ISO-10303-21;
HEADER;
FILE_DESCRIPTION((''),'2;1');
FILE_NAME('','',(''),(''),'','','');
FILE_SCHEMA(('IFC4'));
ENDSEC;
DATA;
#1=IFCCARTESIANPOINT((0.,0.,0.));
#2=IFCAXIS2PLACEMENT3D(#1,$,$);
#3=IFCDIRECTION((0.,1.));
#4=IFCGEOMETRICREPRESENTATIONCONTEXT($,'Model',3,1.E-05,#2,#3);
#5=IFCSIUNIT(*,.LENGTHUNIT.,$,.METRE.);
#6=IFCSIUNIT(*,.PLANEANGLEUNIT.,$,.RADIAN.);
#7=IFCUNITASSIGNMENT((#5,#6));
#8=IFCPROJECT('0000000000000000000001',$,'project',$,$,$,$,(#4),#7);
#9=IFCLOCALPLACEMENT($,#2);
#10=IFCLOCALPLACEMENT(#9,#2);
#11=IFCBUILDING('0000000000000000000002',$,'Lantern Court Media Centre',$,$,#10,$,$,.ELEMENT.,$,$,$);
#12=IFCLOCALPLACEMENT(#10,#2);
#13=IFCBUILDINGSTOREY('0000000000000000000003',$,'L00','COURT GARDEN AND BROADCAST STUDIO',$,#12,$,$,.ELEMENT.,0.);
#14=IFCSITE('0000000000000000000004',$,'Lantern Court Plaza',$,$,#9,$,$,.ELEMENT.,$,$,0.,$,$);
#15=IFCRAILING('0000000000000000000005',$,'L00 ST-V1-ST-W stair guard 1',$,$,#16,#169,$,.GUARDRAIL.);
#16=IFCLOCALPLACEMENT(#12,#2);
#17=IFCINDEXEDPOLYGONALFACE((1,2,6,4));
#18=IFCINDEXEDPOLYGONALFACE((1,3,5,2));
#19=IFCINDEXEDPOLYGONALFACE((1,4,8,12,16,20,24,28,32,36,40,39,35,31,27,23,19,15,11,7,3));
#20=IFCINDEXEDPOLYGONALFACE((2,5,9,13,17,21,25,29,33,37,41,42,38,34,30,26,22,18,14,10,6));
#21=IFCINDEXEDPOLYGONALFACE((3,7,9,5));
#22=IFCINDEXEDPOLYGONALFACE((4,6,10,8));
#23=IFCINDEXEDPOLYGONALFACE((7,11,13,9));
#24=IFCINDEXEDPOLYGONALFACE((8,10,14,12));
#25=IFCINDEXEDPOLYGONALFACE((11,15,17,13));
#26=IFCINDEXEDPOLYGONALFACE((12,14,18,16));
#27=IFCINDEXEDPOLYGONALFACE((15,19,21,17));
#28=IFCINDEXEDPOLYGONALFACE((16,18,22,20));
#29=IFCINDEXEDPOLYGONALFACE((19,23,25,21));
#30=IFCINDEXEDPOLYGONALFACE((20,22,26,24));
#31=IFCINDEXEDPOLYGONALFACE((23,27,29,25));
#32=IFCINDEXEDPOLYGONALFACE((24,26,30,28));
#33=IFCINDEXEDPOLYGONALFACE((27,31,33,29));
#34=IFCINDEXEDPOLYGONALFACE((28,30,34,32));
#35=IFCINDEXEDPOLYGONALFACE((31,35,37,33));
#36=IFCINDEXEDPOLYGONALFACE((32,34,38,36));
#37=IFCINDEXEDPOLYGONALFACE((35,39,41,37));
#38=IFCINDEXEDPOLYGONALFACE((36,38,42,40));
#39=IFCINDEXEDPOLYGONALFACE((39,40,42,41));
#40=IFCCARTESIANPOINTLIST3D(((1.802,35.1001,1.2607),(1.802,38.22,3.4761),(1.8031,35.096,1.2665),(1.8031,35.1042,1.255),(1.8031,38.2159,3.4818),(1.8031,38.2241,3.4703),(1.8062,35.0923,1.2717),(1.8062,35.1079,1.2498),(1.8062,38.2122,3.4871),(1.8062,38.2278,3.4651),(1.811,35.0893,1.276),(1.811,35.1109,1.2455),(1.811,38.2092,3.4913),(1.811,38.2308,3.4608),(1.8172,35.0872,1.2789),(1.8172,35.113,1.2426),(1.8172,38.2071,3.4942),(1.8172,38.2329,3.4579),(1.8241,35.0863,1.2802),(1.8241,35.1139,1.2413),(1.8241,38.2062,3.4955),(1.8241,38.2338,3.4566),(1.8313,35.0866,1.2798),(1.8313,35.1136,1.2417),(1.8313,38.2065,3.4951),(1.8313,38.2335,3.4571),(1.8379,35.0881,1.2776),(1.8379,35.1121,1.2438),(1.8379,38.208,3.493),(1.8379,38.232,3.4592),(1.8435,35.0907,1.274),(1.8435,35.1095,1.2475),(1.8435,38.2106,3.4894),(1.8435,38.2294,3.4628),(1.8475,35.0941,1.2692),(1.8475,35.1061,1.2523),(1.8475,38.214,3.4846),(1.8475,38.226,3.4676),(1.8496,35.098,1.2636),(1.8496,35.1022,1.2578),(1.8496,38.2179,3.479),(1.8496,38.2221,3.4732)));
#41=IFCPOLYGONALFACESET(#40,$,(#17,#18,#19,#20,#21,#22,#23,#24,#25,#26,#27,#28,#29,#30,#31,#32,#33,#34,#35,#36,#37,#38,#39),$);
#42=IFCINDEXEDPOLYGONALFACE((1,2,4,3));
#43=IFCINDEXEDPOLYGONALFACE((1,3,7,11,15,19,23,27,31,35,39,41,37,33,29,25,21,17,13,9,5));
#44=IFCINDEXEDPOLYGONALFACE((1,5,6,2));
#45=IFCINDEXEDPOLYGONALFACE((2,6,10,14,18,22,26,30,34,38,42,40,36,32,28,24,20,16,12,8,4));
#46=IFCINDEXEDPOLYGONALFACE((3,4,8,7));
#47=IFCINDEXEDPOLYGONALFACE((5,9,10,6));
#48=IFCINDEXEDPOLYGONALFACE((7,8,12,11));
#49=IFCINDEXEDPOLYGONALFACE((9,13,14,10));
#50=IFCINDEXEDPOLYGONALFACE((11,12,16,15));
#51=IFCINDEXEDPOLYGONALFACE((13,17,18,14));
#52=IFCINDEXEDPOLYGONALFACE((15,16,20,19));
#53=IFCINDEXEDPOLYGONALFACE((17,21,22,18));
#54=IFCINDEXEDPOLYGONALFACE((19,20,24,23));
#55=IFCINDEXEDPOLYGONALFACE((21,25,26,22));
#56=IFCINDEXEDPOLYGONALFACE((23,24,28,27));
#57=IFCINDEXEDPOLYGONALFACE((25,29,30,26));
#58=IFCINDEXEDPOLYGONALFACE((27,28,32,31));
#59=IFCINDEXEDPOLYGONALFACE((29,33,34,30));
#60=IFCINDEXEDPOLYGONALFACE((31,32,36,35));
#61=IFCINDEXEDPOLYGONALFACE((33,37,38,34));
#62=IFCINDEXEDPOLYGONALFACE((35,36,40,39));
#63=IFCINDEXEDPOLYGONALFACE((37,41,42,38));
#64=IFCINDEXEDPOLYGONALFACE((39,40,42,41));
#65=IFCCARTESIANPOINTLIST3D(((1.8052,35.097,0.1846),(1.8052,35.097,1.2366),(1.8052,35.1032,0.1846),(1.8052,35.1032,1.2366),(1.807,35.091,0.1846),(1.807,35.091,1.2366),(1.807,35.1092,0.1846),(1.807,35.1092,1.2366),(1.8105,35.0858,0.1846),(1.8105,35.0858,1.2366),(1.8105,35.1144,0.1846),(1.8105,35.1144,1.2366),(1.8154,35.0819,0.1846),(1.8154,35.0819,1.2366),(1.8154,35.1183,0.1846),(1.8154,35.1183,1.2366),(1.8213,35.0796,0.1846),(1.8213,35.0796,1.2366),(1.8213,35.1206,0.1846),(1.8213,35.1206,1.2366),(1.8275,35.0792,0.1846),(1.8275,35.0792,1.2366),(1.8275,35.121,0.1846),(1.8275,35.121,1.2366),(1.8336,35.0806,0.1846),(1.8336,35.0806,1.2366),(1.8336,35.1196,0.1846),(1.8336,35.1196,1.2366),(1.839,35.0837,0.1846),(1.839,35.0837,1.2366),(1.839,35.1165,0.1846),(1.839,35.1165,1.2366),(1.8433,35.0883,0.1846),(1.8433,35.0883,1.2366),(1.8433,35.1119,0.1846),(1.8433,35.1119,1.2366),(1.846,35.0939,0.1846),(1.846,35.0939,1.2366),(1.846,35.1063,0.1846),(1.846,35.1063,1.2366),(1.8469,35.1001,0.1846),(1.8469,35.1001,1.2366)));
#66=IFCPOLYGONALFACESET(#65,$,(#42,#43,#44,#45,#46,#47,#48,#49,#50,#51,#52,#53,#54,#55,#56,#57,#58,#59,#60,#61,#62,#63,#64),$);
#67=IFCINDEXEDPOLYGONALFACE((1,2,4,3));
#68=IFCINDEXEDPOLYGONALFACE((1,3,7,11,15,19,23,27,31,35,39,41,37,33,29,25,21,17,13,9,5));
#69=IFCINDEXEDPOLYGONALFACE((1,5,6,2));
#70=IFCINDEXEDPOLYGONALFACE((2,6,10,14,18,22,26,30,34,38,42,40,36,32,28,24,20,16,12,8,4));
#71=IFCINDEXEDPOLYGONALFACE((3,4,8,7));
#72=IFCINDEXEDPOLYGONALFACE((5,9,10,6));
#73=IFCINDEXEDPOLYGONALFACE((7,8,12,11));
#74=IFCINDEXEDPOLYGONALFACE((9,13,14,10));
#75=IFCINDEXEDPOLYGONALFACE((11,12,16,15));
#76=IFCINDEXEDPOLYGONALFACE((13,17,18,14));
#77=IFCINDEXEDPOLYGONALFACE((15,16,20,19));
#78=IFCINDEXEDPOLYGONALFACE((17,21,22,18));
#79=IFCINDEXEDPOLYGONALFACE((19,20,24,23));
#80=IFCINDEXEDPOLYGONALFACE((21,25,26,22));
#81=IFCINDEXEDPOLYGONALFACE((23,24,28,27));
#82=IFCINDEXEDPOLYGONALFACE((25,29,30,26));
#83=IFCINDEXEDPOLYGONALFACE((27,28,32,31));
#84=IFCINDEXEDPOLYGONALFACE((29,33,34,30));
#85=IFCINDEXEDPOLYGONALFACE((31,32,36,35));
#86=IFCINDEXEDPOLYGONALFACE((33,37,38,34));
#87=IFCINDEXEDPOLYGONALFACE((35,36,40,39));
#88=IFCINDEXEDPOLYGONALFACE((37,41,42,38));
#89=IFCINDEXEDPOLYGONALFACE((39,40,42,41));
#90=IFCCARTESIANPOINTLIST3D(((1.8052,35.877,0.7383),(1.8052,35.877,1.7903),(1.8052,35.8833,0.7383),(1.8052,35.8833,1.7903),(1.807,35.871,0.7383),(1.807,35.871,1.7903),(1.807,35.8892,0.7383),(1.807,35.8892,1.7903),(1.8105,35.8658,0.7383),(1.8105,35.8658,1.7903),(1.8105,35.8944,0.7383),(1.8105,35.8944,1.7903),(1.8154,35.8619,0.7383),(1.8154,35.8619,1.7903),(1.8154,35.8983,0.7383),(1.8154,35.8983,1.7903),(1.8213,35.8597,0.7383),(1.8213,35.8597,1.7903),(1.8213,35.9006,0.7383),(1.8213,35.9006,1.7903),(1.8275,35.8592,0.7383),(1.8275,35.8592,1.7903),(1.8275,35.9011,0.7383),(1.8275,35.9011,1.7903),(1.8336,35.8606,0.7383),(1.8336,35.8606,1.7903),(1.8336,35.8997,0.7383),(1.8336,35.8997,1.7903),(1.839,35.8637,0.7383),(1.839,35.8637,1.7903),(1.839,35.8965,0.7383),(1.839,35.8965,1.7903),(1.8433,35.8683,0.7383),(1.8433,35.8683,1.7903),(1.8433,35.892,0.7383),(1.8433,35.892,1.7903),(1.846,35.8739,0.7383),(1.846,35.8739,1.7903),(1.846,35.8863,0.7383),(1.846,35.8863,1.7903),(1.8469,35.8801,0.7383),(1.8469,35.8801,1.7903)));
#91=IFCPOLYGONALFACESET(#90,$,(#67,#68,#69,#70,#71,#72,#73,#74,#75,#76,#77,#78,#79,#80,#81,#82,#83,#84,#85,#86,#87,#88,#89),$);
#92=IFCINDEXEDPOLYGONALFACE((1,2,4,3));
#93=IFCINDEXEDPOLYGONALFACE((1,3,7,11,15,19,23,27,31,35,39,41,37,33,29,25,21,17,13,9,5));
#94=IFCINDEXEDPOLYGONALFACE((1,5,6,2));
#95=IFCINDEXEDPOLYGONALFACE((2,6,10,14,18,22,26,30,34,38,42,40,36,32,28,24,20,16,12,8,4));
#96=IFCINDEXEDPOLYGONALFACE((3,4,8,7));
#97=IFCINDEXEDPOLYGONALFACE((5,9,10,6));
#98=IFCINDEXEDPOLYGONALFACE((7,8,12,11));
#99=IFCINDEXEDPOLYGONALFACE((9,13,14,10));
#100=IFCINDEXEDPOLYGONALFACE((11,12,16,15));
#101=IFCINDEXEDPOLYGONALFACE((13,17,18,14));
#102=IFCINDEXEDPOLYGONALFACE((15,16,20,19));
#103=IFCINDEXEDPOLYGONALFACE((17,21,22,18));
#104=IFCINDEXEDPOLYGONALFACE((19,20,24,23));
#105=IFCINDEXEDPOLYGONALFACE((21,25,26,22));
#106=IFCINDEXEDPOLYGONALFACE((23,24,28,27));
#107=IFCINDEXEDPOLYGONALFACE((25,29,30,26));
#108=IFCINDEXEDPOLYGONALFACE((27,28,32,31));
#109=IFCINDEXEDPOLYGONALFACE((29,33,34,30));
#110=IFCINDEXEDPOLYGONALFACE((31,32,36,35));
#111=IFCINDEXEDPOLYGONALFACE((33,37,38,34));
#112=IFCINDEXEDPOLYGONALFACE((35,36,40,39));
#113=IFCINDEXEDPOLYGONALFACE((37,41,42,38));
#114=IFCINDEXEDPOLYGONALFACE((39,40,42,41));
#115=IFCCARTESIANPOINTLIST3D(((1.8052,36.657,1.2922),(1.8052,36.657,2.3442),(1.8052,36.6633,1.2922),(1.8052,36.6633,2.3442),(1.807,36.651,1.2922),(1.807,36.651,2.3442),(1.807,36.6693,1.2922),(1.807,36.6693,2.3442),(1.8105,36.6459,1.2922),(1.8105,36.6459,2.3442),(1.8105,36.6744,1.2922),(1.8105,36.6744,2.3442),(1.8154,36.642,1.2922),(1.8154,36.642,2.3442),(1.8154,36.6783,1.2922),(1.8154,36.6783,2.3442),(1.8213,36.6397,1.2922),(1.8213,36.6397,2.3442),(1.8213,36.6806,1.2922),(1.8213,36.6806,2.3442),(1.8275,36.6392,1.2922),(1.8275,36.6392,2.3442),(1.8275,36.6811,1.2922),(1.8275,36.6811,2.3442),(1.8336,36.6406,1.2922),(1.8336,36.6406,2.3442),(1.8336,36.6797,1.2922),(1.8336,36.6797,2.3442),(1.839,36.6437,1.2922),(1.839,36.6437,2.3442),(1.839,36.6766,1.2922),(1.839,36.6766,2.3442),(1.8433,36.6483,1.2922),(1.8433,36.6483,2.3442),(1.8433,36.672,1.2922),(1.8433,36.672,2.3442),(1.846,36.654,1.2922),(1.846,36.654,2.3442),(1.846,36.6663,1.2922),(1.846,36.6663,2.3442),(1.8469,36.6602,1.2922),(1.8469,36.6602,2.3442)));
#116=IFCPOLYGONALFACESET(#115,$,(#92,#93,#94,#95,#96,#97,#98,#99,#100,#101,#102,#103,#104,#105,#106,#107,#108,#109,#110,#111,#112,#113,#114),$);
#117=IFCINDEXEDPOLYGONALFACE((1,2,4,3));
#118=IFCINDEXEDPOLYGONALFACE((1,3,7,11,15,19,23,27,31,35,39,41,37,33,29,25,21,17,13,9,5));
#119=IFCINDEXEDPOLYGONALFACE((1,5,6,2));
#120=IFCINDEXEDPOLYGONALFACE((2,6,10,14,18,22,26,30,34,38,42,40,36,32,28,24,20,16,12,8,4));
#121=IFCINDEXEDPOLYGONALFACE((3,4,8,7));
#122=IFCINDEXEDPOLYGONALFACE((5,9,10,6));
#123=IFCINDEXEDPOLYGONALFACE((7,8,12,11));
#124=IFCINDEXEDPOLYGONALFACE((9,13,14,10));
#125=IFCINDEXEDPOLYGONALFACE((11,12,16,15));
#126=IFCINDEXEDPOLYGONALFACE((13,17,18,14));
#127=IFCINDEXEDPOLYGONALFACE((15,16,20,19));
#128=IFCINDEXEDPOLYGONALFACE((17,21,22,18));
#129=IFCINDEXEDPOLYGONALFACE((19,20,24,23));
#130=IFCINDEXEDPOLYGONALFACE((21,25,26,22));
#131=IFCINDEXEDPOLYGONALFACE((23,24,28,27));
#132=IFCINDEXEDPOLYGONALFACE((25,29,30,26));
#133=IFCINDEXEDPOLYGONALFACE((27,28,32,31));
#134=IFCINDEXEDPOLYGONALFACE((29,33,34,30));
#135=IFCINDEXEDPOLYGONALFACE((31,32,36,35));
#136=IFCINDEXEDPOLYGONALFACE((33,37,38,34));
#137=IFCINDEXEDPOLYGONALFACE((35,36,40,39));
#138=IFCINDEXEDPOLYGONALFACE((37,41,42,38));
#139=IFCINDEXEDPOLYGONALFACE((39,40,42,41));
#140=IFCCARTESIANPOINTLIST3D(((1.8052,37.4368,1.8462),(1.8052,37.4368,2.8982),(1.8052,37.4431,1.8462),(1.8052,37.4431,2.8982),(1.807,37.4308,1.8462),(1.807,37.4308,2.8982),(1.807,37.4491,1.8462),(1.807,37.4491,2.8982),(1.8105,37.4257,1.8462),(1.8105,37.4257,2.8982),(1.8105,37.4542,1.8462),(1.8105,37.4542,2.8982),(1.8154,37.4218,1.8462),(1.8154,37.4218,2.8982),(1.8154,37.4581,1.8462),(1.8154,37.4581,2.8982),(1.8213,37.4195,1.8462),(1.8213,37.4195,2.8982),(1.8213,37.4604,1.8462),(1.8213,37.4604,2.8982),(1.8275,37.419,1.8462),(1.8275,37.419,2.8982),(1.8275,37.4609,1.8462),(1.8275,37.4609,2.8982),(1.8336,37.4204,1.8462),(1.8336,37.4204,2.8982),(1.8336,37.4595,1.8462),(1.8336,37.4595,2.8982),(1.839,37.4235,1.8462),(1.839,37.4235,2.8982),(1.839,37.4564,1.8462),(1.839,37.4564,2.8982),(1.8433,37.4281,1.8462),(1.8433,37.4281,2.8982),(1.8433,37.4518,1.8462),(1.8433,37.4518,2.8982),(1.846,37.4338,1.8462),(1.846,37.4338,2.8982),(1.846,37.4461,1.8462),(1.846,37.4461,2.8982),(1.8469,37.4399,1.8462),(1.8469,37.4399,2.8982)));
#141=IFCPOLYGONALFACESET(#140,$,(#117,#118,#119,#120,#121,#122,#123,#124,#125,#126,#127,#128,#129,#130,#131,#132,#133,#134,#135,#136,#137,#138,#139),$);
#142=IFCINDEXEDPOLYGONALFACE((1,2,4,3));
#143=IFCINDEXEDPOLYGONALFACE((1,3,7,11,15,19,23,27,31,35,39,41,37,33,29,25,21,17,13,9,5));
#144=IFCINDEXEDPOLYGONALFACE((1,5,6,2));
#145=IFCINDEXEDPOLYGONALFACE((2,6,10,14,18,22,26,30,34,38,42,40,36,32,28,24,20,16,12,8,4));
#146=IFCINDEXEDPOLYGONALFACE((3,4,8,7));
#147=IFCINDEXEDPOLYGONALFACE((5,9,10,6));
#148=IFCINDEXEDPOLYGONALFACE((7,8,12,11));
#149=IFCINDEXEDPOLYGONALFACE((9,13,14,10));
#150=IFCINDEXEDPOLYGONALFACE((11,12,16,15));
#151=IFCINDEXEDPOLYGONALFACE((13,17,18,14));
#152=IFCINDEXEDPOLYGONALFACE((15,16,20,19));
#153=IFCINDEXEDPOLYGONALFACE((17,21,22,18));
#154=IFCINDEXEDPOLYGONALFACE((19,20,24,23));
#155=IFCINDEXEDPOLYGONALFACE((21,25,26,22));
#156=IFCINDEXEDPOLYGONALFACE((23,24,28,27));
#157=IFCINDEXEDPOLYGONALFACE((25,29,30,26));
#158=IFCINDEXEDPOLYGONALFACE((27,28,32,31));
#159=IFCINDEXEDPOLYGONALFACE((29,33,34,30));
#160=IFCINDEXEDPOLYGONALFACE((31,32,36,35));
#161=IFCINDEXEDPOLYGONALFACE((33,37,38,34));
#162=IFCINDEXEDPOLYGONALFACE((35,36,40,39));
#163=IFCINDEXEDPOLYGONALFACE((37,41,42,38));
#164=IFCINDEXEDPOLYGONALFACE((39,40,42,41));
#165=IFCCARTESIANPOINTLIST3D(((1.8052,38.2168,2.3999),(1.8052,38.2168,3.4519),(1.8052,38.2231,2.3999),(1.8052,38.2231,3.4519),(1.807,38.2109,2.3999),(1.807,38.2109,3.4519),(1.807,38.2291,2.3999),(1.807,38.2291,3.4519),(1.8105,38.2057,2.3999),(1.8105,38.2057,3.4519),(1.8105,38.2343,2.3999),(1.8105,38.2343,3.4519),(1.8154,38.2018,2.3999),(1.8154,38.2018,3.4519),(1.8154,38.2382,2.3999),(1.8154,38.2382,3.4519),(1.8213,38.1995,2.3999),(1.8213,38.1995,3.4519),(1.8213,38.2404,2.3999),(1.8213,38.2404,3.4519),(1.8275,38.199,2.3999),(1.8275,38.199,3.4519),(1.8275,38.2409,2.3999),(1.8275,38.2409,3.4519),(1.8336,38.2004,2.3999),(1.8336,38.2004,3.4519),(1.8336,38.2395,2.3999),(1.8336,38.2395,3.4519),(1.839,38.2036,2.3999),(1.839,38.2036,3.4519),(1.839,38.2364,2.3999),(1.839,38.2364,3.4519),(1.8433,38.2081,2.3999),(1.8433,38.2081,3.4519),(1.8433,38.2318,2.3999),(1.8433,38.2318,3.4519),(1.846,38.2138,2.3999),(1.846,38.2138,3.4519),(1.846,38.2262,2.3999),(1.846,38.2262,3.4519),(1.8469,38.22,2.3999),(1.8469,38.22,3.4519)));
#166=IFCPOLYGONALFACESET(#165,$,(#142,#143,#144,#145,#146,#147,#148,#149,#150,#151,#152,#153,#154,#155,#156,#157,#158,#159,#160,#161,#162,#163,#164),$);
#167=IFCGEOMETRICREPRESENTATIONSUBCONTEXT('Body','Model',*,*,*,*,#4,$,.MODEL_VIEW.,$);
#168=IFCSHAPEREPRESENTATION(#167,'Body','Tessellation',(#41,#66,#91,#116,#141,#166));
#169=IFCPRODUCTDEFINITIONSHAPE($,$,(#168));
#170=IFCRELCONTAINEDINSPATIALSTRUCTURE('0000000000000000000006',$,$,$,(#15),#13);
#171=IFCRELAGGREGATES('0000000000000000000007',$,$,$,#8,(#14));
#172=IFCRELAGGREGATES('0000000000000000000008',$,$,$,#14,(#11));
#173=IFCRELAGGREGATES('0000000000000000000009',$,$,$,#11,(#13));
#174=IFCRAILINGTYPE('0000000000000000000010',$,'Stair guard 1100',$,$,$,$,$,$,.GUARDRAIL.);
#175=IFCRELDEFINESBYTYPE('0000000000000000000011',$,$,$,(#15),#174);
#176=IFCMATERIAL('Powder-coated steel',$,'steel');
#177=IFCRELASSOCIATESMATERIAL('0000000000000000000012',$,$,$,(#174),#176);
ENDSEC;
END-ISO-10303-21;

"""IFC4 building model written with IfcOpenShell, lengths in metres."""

from ifc_helpers import new_model, si_unit, direction, frame, origin, origin_2d, place, context, subcontext, project, spatial, circle, extrude, material, type_object, element, save


model = new_model("IFC4")

# Units and contexts
model_context = context("Model", 3, precision=1e-05, world=origin(), true_north=direction((0.0, 1.0)))
body_context = subcontext(model_context, "Body", "Model", "MODEL_VIEW")
ifc_project = project(units=[si_unit("LENGTHUNIT", "METRE"), si_unit("PLANEANGLEUNIT", "RADIAN")], contexts=[model_context])

# Site, building, storey
site_placement = place(None, origin())
site = spatial("IfcSite", under=ifc_project, at=site_placement, Name="Lantern Court Plaza", CompositionType="ELEMENT", RefElevation=0.0)
building_placement = place(site_placement, origin())
building = spatial("IfcBuilding", under=site, at=building_placement, Name="Lantern Court Media Centre", CompositionType="ELEMENT")
storey_placement = place(building_placement, origin())
storey = spatial("IfcBuildingStorey", under=building, at=storey_placement, Name="L00", Description="COURT GARDEN AND BROADCAST STUDIO", CompositionType="ELEMENT", Elevation=0.0)

# Railing
ifc_material_1 = material(Name="Powder-coated steel", Category="steel")
railing_type_1 = type_object("IfcRailingType", Name="Stair guard 1100", PredefinedType="GUARDRAIL", material=ifc_material_1)
railing_1_placement = place(storey_placement, frame((1.8259, 35.1001, 0.1846)))
element("IfcRailing", 1, at=railing_1_placement, inside=storey, type_object=railing_type_1, Name="L00 ST-V1-ST-W stair guard 1", PredefinedType="GUARDRAIL", context=body_context, shape_type="SweptSolid", body=[
    extrude(circle(Radius=0.0239, at=origin_2d()), frame((0.0, 0.0, 1.0762), z_axis=(0.0, 0.815356, 0.578961), x_axis=(-1.0, 0.0, 0.0)), (0.0, 0.0, 1.0), 3.8264),
    extrude(circle(Radius=0.021, at=origin_2d()), origin(), (0.0, 0.0, 1.0), 1.052),
    extrude(circle(Radius=0.021, at=origin_2d()), frame((0.0, 0.78, 0.5537)), (0.0, 0.0, 1.0), 1.052),
    extrude(circle(Radius=0.021, at=origin_2d()), frame((0.0, 1.5601, 1.1077)), (0.0, 0.0, 1.0), 1.052),
    extrude(circle(Radius=0.021, at=origin_2d()), frame((0.0, 2.3398, 1.6616)), (0.0, 0.0, 1.0), 1.052),
    extrude(circle(Radius=0.021, at=origin_2d()), frame((0.0, 3.1199, 2.2153)), (0.0, 0.0, 1.0), 1.052),
])

save(model, "model.ifc")
